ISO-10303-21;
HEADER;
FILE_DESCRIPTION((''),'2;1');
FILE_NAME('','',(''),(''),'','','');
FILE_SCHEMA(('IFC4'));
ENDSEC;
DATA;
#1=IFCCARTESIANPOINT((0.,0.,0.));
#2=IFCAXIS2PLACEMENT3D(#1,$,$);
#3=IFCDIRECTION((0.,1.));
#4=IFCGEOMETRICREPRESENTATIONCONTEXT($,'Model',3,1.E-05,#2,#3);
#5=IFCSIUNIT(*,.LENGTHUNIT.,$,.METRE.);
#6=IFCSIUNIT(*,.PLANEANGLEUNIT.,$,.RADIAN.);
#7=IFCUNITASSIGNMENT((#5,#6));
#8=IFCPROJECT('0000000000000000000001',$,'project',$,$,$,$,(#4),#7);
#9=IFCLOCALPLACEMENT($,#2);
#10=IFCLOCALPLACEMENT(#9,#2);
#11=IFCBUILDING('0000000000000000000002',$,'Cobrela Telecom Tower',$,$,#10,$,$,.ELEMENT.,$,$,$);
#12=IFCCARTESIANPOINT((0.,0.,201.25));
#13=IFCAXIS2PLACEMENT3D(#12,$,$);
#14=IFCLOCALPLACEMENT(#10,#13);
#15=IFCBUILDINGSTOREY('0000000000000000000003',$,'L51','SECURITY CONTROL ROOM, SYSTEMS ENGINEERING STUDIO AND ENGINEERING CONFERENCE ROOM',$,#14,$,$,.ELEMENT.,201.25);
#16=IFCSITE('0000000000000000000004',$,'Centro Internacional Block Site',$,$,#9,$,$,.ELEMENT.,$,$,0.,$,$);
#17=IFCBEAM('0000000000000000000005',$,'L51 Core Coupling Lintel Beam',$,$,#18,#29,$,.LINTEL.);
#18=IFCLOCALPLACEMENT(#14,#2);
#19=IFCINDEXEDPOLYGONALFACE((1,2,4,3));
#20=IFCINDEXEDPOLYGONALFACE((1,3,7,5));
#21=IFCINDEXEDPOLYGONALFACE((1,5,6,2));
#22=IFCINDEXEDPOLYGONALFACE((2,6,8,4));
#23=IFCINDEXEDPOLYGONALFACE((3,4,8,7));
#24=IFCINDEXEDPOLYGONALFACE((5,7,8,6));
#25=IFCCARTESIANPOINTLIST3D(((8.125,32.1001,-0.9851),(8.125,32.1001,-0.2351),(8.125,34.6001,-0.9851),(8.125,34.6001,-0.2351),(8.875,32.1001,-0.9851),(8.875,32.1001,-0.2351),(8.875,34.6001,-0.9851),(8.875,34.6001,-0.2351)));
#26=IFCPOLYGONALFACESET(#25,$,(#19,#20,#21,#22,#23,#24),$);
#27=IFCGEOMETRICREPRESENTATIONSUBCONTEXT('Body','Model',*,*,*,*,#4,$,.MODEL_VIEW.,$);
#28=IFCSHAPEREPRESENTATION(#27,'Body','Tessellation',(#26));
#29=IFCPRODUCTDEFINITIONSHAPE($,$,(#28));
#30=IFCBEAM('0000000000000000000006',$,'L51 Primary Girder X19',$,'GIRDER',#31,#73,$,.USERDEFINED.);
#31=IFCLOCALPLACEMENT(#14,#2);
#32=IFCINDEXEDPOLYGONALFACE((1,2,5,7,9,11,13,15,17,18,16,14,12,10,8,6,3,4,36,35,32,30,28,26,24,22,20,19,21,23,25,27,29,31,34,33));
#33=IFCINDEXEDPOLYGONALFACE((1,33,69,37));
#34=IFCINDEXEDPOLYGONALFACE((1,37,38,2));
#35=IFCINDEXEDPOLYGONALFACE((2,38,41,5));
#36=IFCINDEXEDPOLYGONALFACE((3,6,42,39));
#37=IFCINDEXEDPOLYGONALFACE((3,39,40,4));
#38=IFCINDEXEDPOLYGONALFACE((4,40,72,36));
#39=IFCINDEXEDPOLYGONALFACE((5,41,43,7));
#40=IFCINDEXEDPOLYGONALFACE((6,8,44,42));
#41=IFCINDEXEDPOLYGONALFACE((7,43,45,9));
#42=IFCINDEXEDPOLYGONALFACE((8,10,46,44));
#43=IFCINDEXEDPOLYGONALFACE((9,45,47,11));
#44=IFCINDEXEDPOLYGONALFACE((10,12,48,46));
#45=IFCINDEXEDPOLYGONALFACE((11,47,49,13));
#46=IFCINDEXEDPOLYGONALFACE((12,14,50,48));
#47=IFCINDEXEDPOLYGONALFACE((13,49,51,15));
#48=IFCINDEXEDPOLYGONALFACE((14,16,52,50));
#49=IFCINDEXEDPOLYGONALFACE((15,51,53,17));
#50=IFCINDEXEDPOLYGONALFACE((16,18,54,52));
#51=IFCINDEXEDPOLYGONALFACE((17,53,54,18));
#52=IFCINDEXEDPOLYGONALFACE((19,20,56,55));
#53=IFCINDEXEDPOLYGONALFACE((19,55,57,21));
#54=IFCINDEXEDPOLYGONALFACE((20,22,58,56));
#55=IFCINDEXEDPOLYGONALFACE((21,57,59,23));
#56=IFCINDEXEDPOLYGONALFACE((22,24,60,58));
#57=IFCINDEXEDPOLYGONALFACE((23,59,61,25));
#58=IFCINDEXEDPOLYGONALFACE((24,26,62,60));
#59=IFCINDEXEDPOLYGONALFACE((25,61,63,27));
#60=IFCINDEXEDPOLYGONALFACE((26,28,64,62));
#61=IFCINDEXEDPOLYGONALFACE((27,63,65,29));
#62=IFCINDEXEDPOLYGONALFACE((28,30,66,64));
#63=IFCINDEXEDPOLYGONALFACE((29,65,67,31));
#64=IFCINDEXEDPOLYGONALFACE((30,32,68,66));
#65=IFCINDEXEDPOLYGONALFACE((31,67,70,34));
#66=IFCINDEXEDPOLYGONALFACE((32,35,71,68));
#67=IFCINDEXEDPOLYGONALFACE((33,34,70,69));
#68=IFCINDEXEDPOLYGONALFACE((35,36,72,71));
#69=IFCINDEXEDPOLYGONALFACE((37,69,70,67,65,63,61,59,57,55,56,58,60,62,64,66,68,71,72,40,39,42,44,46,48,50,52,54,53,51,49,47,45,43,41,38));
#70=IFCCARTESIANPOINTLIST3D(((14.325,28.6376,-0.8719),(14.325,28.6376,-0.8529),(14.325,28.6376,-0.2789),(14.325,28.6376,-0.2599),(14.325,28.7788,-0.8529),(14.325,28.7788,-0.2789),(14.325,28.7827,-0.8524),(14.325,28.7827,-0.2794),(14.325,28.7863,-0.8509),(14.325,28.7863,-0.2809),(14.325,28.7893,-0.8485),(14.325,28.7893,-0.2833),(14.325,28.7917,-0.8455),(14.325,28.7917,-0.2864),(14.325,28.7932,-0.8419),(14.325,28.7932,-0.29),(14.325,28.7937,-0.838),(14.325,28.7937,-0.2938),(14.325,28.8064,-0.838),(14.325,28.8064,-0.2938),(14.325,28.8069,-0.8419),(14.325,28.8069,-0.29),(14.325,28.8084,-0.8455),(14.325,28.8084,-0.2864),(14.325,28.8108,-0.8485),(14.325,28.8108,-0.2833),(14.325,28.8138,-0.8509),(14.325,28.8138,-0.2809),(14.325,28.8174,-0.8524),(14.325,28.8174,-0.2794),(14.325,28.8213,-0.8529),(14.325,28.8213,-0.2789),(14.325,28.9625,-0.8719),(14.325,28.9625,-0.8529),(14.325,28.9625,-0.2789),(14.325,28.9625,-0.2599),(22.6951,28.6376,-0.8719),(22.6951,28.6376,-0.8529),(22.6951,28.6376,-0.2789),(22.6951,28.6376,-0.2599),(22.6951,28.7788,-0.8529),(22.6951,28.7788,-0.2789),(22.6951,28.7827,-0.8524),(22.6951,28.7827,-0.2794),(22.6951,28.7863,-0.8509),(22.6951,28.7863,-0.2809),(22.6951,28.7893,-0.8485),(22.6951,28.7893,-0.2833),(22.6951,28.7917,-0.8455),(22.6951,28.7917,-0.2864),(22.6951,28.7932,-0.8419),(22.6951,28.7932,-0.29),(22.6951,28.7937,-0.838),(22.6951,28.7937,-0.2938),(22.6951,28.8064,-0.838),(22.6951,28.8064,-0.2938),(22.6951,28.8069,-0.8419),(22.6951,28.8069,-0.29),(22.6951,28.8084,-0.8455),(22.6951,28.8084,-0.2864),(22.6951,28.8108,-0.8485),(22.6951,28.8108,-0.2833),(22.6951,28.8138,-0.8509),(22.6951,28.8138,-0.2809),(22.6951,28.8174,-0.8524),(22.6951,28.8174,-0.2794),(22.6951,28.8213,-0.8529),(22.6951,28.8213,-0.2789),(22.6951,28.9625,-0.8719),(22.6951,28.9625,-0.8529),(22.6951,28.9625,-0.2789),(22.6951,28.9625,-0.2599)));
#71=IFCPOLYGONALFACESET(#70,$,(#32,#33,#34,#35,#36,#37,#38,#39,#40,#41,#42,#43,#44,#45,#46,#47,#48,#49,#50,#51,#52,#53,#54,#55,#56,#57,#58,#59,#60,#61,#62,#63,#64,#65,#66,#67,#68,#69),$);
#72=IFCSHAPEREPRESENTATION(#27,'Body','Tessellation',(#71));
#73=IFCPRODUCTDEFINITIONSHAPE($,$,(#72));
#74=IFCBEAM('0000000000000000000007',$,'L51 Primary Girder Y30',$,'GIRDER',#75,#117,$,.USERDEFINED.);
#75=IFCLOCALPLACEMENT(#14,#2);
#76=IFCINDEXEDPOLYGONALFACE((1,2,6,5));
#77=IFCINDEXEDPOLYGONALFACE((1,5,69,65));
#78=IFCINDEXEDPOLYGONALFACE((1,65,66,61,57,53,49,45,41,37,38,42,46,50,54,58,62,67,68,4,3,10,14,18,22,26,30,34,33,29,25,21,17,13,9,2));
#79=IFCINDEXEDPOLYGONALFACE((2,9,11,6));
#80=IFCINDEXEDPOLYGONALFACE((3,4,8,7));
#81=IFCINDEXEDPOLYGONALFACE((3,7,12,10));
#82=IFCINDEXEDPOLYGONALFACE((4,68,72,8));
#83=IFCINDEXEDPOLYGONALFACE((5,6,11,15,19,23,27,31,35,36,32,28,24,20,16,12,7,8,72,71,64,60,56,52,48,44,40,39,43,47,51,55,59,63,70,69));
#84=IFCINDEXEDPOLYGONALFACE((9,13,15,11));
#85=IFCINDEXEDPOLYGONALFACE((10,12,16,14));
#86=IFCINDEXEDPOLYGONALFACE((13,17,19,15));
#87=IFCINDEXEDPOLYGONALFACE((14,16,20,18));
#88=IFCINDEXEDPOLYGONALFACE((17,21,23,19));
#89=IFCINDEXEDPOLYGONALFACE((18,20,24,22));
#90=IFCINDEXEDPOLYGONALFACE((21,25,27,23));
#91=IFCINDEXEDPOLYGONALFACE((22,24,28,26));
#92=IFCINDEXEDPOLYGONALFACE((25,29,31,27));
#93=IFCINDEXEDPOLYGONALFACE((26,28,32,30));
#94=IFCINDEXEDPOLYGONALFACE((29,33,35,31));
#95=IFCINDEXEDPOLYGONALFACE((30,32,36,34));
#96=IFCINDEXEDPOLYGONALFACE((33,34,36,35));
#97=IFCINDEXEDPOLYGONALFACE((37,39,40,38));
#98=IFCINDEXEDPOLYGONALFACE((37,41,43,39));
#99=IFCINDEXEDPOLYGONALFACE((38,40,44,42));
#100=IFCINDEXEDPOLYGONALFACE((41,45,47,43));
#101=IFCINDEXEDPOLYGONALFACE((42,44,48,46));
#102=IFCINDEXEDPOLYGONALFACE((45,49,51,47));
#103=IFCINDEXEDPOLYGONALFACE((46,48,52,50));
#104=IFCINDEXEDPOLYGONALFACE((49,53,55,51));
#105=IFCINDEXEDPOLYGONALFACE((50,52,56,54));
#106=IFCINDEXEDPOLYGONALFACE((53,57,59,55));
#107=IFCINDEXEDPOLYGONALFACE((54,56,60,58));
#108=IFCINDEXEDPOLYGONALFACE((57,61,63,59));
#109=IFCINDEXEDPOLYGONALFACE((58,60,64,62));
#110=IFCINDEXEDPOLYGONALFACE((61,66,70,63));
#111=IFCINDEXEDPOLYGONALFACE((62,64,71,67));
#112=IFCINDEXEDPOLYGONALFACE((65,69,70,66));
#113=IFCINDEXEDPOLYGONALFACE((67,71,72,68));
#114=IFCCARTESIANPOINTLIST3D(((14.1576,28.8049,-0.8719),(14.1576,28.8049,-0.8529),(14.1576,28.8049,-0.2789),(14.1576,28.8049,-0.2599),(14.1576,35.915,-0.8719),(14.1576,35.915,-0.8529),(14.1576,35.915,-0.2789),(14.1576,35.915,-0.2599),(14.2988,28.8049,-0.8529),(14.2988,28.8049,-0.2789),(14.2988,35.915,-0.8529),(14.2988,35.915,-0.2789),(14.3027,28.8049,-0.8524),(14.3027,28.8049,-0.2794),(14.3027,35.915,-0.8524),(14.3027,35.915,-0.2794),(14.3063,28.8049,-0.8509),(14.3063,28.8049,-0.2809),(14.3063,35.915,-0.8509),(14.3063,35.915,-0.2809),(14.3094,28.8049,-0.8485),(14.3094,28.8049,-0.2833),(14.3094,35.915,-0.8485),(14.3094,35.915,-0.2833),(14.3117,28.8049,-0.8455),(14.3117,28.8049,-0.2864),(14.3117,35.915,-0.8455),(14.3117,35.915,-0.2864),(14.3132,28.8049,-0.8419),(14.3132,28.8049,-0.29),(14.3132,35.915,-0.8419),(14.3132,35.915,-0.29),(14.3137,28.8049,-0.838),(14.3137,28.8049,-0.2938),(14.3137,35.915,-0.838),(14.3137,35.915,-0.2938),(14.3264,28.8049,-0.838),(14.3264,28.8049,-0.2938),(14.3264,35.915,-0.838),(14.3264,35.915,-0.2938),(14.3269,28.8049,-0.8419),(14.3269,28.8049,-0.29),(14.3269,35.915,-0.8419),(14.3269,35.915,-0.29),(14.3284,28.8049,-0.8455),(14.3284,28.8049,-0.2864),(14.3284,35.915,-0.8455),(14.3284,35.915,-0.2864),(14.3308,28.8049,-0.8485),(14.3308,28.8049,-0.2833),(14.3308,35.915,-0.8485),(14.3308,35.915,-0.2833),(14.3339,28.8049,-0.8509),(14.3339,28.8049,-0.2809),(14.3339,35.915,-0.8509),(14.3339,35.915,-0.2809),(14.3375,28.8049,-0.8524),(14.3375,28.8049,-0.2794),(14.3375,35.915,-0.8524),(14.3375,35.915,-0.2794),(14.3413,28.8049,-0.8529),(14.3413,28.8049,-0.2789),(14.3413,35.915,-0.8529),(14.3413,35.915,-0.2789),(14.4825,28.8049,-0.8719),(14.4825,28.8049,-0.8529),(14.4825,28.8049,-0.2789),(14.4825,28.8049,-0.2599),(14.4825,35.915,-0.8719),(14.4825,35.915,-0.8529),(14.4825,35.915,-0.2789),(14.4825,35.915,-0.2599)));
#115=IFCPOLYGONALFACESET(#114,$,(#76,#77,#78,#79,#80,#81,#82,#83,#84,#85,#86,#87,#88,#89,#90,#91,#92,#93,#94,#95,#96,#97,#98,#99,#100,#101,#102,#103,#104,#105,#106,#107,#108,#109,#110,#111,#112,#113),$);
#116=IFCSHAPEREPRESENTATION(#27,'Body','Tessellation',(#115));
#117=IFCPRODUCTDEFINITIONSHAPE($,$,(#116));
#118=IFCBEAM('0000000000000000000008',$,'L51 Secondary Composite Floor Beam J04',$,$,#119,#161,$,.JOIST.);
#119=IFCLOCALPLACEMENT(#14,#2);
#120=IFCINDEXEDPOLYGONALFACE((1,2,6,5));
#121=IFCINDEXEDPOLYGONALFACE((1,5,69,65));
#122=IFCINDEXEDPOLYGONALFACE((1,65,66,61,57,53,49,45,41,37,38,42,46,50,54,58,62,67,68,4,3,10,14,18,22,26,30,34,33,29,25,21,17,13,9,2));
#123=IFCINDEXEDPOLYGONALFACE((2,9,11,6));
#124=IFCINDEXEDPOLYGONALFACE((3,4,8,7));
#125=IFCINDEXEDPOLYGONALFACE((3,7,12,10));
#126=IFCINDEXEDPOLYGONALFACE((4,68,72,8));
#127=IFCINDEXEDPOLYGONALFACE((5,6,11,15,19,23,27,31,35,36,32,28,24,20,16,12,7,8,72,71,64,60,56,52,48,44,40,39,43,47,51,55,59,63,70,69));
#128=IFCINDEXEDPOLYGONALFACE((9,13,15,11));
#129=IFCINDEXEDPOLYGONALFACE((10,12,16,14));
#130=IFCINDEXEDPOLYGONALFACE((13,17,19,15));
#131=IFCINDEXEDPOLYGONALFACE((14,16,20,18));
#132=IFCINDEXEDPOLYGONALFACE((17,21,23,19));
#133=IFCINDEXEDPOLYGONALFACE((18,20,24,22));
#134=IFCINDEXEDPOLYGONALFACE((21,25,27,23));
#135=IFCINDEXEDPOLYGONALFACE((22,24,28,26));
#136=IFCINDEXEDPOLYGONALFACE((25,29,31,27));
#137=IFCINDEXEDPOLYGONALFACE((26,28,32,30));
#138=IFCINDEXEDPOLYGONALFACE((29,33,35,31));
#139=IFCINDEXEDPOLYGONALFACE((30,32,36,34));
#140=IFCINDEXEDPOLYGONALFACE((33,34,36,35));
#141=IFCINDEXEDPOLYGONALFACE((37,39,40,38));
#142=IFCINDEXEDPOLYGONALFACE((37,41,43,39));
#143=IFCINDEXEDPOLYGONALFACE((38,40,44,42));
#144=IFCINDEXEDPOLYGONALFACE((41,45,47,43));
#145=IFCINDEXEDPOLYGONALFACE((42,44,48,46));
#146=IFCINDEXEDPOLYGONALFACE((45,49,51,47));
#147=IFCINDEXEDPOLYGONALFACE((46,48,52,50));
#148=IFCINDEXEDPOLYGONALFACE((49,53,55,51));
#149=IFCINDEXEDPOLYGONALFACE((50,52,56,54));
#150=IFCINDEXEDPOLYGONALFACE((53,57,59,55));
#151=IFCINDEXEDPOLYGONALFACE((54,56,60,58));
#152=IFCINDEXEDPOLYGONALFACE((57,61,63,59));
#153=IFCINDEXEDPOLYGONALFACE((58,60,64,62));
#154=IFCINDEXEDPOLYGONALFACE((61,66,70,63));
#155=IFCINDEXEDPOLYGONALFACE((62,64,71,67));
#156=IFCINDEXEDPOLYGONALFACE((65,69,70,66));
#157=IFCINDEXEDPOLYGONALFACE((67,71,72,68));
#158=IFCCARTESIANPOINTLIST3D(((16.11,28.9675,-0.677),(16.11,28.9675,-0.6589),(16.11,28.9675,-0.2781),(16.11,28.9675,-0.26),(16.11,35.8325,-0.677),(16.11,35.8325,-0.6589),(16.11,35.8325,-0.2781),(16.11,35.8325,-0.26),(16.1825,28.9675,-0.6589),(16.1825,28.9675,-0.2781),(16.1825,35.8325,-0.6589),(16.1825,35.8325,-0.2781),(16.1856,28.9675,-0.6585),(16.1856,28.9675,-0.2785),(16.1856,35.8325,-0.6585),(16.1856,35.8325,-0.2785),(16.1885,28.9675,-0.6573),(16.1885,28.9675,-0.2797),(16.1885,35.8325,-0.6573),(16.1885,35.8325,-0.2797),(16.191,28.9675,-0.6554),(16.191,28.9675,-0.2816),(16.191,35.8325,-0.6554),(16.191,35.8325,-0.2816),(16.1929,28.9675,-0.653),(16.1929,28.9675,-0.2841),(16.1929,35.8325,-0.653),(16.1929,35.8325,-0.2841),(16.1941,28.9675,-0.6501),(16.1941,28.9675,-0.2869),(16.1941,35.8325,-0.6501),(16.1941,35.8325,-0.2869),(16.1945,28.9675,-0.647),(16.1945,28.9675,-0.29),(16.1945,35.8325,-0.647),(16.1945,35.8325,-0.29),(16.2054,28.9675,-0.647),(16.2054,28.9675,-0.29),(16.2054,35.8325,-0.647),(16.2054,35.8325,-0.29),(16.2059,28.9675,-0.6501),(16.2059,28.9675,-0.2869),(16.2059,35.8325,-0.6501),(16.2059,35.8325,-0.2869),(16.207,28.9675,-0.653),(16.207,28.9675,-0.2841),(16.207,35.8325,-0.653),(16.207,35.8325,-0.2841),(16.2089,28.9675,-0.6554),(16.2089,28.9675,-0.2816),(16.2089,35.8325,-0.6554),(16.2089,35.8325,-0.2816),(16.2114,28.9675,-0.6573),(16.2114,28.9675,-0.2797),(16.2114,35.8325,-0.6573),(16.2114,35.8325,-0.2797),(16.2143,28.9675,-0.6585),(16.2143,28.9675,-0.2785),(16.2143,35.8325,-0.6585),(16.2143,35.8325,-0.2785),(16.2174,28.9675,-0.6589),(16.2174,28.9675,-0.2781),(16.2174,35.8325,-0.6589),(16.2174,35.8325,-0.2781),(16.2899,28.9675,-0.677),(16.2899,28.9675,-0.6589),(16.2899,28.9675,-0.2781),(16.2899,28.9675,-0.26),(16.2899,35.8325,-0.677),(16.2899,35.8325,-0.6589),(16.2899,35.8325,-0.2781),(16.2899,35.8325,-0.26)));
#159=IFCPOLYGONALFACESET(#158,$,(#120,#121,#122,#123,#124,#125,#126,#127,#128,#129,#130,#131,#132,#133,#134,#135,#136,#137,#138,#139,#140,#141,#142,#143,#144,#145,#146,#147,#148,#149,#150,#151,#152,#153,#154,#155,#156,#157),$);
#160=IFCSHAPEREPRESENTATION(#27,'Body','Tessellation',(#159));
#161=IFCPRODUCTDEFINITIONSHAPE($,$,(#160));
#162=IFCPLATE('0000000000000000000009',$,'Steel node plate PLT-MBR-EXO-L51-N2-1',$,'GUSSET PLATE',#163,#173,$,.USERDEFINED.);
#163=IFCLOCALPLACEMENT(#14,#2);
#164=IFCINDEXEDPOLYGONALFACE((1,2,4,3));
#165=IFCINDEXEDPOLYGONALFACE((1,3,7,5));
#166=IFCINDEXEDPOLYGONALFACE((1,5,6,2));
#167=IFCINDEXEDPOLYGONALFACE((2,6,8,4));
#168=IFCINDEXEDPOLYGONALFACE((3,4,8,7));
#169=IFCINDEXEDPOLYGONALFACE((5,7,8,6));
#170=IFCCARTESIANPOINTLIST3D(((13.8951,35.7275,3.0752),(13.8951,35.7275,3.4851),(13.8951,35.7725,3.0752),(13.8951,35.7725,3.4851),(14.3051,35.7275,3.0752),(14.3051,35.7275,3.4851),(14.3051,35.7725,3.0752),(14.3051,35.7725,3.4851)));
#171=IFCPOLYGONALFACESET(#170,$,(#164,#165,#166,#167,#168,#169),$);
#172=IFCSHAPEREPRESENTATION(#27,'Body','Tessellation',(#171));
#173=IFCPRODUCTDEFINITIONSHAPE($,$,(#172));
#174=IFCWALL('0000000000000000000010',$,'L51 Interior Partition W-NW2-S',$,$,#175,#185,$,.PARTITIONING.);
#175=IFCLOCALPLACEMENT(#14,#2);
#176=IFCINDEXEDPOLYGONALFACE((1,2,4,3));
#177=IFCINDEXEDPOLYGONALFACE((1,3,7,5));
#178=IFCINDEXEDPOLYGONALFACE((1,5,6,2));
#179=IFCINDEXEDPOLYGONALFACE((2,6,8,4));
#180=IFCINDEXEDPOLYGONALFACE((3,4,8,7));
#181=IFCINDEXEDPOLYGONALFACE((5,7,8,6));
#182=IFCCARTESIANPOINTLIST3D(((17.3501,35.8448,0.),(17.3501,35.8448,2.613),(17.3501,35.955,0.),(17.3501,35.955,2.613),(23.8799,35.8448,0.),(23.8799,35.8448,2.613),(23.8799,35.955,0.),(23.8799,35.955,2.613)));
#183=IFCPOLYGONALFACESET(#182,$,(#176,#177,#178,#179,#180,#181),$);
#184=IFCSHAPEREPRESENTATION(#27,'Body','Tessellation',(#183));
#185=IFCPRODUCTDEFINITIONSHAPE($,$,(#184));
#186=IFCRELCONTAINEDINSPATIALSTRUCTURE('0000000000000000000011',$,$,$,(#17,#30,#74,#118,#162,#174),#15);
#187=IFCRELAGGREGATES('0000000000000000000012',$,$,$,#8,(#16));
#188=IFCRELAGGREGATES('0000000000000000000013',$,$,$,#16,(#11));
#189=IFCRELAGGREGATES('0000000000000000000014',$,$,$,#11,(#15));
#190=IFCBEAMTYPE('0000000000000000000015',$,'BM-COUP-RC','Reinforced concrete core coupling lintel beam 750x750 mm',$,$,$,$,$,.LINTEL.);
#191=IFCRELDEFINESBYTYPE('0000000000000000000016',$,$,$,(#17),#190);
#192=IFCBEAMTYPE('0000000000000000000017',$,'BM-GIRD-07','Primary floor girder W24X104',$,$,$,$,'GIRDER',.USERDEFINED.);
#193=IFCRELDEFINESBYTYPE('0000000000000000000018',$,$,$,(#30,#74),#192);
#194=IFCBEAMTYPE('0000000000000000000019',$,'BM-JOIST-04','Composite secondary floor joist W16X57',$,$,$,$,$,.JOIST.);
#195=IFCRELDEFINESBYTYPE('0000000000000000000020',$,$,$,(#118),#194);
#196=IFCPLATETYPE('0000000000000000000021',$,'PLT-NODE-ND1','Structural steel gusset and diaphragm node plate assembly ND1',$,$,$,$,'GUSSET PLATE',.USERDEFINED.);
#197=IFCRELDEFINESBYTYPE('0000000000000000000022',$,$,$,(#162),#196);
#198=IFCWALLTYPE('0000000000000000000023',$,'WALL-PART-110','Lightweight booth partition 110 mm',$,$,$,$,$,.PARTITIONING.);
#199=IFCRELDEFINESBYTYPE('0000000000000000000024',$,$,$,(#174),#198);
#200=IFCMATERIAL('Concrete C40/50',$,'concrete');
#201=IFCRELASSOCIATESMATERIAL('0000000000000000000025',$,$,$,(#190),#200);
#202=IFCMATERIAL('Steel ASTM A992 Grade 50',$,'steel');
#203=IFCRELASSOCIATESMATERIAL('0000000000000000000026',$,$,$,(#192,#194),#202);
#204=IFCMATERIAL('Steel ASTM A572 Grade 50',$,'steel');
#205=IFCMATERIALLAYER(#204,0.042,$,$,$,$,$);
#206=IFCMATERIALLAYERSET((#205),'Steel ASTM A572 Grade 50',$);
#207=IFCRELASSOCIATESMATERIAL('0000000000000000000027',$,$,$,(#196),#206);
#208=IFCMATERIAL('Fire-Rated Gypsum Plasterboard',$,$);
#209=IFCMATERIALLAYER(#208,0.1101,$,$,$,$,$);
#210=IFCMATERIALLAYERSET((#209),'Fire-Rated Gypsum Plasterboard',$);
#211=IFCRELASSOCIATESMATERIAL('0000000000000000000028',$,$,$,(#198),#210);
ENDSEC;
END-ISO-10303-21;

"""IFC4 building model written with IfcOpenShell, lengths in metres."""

from ifc_helpers import new_model, si_unit, direction, frame, frame_2d, origin, origin_2d, place, context, subcontext, project, spatial, rectangle, i_section, extrude, material, layer, layer_set, material_profile, profile_set, type_object, element, save


model = new_model("IFC4")

# Units and contexts
model_context = context("Model", 3, precision=1e-05, world=origin(), true_north=direction((0.0, 1.0)))
body_context = subcontext(model_context, "Body", "Model", "MODEL_VIEW")
ifc_project = project(units=[si_unit("LENGTHUNIT", "METRE"), si_unit("PLANEANGLEUNIT", "RADIAN")], contexts=[model_context])

# Site, building, storey
site_placement = place(None, origin())
site = spatial("IfcSite", under=ifc_project, at=site_placement, Name="Centro Internacional Block Site", CompositionType="ELEMENT", RefElevation=0.0)
building_placement = place(site_placement, origin())
building = spatial("IfcBuilding", under=site, at=building_placement, Name="Cobrela Telecom Tower", CompositionType="ELEMENT")
storey_placement = place(building_placement, frame((0.0, 0.0, 201.25)))
storey = spatial("IfcBuildingStorey", under=building, at=storey_placement, Name="L51", Description="SECURITY CONTROL ROOM, SYSTEMS ENGINEERING STUDIO AND ENGINEERING CONFERENCE ROOM", CompositionType="ELEMENT", Elevation=201.25)

# Beams
ifc_material_1 = material(Name="Concrete C40/50", Category="concrete")
ifc_material_profile_1 = material_profile(ifc_material_1, rectangle(XDim=0.75, YDim=0.75, at=origin_2d()), Name="RC 750x750")
ifc_profile_set_1 = profile_set([ifc_material_profile_1], Name="Concrete C40/50")
beam_type_1 = type_object("IfcBeamType", Name="BM-COUP-RC", Description="Reinforced concrete core coupling lintel beam 750x750 mm", PredefinedType="LINTEL", material=ifc_profile_set_1)
beam_1_placement = place(storey_placement, frame((8.5, 32.1001, -0.6101), z_axis=(0.0, 1.0, 0.0), x_axis=(-1.0, 0.0, 0.0)))
element("IfcBeam", 1, at=beam_1_placement, inside=storey, type_object=beam_type_1, Name="L51 Core Coupling Lintel Beam", PredefinedType="LINTEL", context=body_context, shape_type="SweptSolid", body=[
    extrude(rectangle(XDim=0.75, YDim=0.75, at=origin_2d()), origin(), (0.0, 0.0, 1.0), 2.5),
])
ifc_material_2 = material(Name="Steel ASTM A992 Grade 50", Category="steel")
ifc_material_profile_2 = material_profile(ifc_material_2, i_section(OverallWidth=0.325, OverallDepth=0.6121, WebThickness=0.0127, FlangeThickness=0.019, FilletRadius=0.0149, at=origin_2d()), Name="W24X104")
ifc_profile_set_2 = profile_set([ifc_material_profile_2], Name="Steel ASTM A992 Grade 50")
beam_type_2 = type_object("IfcBeamType", Name="BM-GIRD-07", Description="Primary floor girder W24X104", ElementType="GIRDER", PredefinedType="USERDEFINED", material=ifc_profile_set_2)
beam_2_placement = place(storey_placement, frame((14.325, 28.8, -0.5659), z_axis=(1.0, 0.0, 0.0), x_axis=(0.0, 1.0, 0.0)))
element("IfcBeam", 2, at=beam_2_placement, inside=storey, type_object=beam_type_2, Name="L51 Primary Girder X19", ObjectType="GIRDER", PredefinedType="USERDEFINED", context=body_context, shape_type="SweptSolid", body=[
    extrude(i_section(OverallWidth=0.325, OverallDepth=0.6121, WebThickness=0.0127, FlangeThickness=0.019, FilletRadius=0.0149, at=origin_2d()), origin(), (0.0, 0.0, 1.0), 8.3701),
])
beam_3_placement = place(storey_placement, frame((14.3201, 28.8049, -0.5659), z_axis=(0.0, 1.0, 0.0), x_axis=(-1.0, 0.0, 0.0)))
element("IfcBeam", 3, at=beam_3_placement, inside=storey, type_object=beam_type_2, Name="L51 Primary Girder Y30", ObjectType="GIRDER", PredefinedType="USERDEFINED", context=body_context, shape_type="SweptSolid", body=[
    extrude(i_section(OverallWidth=0.325, OverallDepth=0.6121, WebThickness=0.0127, FlangeThickness=0.019, FilletRadius=0.0149, at=origin_2d()), origin(), (0.0, 0.0, 1.0), 7.1101),
])
ifc_material_profile_3 = material_profile(ifc_material_2, i_section(OverallWidth=0.1799, OverallDepth=0.417, WebThickness=0.011, FlangeThickness=0.0181, FilletRadius=0.012, at=origin_2d()), Name="W16X57")
ifc_profile_set_3 = profile_set([ifc_material_profile_3], Name="Steel ASTM A992 Grade 50")
beam_type_3 = type_object("IfcBeamType", Name="BM-JOIST-04", Description="Composite secondary floor joist W16X57", PredefinedType="JOIST", material=ifc_profile_set_3)
beam_4_placement = place(storey_placement, frame((16.2, 28.9675, -0.4685), z_axis=(0.0, 1.0, 0.0), x_axis=(-1.0, 0.0, 0.0)))
element("IfcBeam", 4, at=beam_4_placement, inside=storey, type_object=beam_type_3, Name="L51 Secondary Composite Floor Beam J04", PredefinedType="JOIST", context=body_context, shape_type="SweptSolid", body=[
    extrude(i_section(OverallWidth=0.1799, OverallDepth=0.417, WebThickness=0.011, FlangeThickness=0.0181, FilletRadius=0.012, at=origin_2d()), origin(), (0.0, 0.0, 1.0), 6.865),
])

# Plate
ifc_material_3 = material(Name="Steel ASTM A572 Grade 50", Category="steel")
ifc_layer_1 = layer(ifc_material_3, 0.042)
ifc_layer_set_1 = layer_set([ifc_layer_1], Name="Steel ASTM A572 Grade 50")
plate_type = type_object("IfcPlateType", Name="PLT-NODE-ND1", Description="Structural steel gusset and diaphragm node plate assembly ND1", ElementType="GUSSET PLATE", PredefinedType="USERDEFINED", material=ifc_layer_set_1)
plate_placement = place(storey_placement, frame((14.1001, 35.75, 3.0752), z_axis=(0.0, 0.0, 1.0), x_axis=(1.0, 0.0, 0.0)))
element("IfcPlate", 5, at=plate_placement, inside=storey, type_object=plate_type, Name="Steel node plate PLT-MBR-EXO-L51-N2-1", ObjectType="GUSSET PLATE", PredefinedType="USERDEFINED", context=body_context, shape_type="SweptSolid", body=[
    extrude(rectangle(XDim=0.4099, YDim=0.0449, at=origin_2d()), origin(), (0.0, 0.0, 1.0), 0.4099),
])

# Wall
ifc_material_4 = material(Name="Fire-Rated Gypsum Plasterboard")
ifc_layer_2 = layer(ifc_material_4, 0.1101)
ifc_layer_set_2 = layer_set([ifc_layer_2], Name="Fire-Rated Gypsum Plasterboard")
wall_type_1 = type_object("IfcWallType", Name="WALL-PART-110", Description="Lightweight booth partition 110 mm", PredefinedType="PARTITIONING", material=ifc_layer_set_2)
wall_1_placement = place(storey_placement, frame((17.3501, 35.8999, 0.0), z_axis=(0.0, 0.0, 1.0), x_axis=(1.0, 0.0, 0.0)))
element("IfcWall", 6, at=wall_1_placement, inside=storey, type_object=wall_type_1, Name="L51 Interior Partition W-NW2-S", PredefinedType="PARTITIONING", context=body_context, shape_type="SweptSolid", body=[
    extrude(rectangle(XDim=6.5298, YDim=0.1101, at=frame_2d((3.2649, 0.0))), origin(), (0.0, 0.0, 1.0), 2.613),
])

save(model, "model.ifc")
